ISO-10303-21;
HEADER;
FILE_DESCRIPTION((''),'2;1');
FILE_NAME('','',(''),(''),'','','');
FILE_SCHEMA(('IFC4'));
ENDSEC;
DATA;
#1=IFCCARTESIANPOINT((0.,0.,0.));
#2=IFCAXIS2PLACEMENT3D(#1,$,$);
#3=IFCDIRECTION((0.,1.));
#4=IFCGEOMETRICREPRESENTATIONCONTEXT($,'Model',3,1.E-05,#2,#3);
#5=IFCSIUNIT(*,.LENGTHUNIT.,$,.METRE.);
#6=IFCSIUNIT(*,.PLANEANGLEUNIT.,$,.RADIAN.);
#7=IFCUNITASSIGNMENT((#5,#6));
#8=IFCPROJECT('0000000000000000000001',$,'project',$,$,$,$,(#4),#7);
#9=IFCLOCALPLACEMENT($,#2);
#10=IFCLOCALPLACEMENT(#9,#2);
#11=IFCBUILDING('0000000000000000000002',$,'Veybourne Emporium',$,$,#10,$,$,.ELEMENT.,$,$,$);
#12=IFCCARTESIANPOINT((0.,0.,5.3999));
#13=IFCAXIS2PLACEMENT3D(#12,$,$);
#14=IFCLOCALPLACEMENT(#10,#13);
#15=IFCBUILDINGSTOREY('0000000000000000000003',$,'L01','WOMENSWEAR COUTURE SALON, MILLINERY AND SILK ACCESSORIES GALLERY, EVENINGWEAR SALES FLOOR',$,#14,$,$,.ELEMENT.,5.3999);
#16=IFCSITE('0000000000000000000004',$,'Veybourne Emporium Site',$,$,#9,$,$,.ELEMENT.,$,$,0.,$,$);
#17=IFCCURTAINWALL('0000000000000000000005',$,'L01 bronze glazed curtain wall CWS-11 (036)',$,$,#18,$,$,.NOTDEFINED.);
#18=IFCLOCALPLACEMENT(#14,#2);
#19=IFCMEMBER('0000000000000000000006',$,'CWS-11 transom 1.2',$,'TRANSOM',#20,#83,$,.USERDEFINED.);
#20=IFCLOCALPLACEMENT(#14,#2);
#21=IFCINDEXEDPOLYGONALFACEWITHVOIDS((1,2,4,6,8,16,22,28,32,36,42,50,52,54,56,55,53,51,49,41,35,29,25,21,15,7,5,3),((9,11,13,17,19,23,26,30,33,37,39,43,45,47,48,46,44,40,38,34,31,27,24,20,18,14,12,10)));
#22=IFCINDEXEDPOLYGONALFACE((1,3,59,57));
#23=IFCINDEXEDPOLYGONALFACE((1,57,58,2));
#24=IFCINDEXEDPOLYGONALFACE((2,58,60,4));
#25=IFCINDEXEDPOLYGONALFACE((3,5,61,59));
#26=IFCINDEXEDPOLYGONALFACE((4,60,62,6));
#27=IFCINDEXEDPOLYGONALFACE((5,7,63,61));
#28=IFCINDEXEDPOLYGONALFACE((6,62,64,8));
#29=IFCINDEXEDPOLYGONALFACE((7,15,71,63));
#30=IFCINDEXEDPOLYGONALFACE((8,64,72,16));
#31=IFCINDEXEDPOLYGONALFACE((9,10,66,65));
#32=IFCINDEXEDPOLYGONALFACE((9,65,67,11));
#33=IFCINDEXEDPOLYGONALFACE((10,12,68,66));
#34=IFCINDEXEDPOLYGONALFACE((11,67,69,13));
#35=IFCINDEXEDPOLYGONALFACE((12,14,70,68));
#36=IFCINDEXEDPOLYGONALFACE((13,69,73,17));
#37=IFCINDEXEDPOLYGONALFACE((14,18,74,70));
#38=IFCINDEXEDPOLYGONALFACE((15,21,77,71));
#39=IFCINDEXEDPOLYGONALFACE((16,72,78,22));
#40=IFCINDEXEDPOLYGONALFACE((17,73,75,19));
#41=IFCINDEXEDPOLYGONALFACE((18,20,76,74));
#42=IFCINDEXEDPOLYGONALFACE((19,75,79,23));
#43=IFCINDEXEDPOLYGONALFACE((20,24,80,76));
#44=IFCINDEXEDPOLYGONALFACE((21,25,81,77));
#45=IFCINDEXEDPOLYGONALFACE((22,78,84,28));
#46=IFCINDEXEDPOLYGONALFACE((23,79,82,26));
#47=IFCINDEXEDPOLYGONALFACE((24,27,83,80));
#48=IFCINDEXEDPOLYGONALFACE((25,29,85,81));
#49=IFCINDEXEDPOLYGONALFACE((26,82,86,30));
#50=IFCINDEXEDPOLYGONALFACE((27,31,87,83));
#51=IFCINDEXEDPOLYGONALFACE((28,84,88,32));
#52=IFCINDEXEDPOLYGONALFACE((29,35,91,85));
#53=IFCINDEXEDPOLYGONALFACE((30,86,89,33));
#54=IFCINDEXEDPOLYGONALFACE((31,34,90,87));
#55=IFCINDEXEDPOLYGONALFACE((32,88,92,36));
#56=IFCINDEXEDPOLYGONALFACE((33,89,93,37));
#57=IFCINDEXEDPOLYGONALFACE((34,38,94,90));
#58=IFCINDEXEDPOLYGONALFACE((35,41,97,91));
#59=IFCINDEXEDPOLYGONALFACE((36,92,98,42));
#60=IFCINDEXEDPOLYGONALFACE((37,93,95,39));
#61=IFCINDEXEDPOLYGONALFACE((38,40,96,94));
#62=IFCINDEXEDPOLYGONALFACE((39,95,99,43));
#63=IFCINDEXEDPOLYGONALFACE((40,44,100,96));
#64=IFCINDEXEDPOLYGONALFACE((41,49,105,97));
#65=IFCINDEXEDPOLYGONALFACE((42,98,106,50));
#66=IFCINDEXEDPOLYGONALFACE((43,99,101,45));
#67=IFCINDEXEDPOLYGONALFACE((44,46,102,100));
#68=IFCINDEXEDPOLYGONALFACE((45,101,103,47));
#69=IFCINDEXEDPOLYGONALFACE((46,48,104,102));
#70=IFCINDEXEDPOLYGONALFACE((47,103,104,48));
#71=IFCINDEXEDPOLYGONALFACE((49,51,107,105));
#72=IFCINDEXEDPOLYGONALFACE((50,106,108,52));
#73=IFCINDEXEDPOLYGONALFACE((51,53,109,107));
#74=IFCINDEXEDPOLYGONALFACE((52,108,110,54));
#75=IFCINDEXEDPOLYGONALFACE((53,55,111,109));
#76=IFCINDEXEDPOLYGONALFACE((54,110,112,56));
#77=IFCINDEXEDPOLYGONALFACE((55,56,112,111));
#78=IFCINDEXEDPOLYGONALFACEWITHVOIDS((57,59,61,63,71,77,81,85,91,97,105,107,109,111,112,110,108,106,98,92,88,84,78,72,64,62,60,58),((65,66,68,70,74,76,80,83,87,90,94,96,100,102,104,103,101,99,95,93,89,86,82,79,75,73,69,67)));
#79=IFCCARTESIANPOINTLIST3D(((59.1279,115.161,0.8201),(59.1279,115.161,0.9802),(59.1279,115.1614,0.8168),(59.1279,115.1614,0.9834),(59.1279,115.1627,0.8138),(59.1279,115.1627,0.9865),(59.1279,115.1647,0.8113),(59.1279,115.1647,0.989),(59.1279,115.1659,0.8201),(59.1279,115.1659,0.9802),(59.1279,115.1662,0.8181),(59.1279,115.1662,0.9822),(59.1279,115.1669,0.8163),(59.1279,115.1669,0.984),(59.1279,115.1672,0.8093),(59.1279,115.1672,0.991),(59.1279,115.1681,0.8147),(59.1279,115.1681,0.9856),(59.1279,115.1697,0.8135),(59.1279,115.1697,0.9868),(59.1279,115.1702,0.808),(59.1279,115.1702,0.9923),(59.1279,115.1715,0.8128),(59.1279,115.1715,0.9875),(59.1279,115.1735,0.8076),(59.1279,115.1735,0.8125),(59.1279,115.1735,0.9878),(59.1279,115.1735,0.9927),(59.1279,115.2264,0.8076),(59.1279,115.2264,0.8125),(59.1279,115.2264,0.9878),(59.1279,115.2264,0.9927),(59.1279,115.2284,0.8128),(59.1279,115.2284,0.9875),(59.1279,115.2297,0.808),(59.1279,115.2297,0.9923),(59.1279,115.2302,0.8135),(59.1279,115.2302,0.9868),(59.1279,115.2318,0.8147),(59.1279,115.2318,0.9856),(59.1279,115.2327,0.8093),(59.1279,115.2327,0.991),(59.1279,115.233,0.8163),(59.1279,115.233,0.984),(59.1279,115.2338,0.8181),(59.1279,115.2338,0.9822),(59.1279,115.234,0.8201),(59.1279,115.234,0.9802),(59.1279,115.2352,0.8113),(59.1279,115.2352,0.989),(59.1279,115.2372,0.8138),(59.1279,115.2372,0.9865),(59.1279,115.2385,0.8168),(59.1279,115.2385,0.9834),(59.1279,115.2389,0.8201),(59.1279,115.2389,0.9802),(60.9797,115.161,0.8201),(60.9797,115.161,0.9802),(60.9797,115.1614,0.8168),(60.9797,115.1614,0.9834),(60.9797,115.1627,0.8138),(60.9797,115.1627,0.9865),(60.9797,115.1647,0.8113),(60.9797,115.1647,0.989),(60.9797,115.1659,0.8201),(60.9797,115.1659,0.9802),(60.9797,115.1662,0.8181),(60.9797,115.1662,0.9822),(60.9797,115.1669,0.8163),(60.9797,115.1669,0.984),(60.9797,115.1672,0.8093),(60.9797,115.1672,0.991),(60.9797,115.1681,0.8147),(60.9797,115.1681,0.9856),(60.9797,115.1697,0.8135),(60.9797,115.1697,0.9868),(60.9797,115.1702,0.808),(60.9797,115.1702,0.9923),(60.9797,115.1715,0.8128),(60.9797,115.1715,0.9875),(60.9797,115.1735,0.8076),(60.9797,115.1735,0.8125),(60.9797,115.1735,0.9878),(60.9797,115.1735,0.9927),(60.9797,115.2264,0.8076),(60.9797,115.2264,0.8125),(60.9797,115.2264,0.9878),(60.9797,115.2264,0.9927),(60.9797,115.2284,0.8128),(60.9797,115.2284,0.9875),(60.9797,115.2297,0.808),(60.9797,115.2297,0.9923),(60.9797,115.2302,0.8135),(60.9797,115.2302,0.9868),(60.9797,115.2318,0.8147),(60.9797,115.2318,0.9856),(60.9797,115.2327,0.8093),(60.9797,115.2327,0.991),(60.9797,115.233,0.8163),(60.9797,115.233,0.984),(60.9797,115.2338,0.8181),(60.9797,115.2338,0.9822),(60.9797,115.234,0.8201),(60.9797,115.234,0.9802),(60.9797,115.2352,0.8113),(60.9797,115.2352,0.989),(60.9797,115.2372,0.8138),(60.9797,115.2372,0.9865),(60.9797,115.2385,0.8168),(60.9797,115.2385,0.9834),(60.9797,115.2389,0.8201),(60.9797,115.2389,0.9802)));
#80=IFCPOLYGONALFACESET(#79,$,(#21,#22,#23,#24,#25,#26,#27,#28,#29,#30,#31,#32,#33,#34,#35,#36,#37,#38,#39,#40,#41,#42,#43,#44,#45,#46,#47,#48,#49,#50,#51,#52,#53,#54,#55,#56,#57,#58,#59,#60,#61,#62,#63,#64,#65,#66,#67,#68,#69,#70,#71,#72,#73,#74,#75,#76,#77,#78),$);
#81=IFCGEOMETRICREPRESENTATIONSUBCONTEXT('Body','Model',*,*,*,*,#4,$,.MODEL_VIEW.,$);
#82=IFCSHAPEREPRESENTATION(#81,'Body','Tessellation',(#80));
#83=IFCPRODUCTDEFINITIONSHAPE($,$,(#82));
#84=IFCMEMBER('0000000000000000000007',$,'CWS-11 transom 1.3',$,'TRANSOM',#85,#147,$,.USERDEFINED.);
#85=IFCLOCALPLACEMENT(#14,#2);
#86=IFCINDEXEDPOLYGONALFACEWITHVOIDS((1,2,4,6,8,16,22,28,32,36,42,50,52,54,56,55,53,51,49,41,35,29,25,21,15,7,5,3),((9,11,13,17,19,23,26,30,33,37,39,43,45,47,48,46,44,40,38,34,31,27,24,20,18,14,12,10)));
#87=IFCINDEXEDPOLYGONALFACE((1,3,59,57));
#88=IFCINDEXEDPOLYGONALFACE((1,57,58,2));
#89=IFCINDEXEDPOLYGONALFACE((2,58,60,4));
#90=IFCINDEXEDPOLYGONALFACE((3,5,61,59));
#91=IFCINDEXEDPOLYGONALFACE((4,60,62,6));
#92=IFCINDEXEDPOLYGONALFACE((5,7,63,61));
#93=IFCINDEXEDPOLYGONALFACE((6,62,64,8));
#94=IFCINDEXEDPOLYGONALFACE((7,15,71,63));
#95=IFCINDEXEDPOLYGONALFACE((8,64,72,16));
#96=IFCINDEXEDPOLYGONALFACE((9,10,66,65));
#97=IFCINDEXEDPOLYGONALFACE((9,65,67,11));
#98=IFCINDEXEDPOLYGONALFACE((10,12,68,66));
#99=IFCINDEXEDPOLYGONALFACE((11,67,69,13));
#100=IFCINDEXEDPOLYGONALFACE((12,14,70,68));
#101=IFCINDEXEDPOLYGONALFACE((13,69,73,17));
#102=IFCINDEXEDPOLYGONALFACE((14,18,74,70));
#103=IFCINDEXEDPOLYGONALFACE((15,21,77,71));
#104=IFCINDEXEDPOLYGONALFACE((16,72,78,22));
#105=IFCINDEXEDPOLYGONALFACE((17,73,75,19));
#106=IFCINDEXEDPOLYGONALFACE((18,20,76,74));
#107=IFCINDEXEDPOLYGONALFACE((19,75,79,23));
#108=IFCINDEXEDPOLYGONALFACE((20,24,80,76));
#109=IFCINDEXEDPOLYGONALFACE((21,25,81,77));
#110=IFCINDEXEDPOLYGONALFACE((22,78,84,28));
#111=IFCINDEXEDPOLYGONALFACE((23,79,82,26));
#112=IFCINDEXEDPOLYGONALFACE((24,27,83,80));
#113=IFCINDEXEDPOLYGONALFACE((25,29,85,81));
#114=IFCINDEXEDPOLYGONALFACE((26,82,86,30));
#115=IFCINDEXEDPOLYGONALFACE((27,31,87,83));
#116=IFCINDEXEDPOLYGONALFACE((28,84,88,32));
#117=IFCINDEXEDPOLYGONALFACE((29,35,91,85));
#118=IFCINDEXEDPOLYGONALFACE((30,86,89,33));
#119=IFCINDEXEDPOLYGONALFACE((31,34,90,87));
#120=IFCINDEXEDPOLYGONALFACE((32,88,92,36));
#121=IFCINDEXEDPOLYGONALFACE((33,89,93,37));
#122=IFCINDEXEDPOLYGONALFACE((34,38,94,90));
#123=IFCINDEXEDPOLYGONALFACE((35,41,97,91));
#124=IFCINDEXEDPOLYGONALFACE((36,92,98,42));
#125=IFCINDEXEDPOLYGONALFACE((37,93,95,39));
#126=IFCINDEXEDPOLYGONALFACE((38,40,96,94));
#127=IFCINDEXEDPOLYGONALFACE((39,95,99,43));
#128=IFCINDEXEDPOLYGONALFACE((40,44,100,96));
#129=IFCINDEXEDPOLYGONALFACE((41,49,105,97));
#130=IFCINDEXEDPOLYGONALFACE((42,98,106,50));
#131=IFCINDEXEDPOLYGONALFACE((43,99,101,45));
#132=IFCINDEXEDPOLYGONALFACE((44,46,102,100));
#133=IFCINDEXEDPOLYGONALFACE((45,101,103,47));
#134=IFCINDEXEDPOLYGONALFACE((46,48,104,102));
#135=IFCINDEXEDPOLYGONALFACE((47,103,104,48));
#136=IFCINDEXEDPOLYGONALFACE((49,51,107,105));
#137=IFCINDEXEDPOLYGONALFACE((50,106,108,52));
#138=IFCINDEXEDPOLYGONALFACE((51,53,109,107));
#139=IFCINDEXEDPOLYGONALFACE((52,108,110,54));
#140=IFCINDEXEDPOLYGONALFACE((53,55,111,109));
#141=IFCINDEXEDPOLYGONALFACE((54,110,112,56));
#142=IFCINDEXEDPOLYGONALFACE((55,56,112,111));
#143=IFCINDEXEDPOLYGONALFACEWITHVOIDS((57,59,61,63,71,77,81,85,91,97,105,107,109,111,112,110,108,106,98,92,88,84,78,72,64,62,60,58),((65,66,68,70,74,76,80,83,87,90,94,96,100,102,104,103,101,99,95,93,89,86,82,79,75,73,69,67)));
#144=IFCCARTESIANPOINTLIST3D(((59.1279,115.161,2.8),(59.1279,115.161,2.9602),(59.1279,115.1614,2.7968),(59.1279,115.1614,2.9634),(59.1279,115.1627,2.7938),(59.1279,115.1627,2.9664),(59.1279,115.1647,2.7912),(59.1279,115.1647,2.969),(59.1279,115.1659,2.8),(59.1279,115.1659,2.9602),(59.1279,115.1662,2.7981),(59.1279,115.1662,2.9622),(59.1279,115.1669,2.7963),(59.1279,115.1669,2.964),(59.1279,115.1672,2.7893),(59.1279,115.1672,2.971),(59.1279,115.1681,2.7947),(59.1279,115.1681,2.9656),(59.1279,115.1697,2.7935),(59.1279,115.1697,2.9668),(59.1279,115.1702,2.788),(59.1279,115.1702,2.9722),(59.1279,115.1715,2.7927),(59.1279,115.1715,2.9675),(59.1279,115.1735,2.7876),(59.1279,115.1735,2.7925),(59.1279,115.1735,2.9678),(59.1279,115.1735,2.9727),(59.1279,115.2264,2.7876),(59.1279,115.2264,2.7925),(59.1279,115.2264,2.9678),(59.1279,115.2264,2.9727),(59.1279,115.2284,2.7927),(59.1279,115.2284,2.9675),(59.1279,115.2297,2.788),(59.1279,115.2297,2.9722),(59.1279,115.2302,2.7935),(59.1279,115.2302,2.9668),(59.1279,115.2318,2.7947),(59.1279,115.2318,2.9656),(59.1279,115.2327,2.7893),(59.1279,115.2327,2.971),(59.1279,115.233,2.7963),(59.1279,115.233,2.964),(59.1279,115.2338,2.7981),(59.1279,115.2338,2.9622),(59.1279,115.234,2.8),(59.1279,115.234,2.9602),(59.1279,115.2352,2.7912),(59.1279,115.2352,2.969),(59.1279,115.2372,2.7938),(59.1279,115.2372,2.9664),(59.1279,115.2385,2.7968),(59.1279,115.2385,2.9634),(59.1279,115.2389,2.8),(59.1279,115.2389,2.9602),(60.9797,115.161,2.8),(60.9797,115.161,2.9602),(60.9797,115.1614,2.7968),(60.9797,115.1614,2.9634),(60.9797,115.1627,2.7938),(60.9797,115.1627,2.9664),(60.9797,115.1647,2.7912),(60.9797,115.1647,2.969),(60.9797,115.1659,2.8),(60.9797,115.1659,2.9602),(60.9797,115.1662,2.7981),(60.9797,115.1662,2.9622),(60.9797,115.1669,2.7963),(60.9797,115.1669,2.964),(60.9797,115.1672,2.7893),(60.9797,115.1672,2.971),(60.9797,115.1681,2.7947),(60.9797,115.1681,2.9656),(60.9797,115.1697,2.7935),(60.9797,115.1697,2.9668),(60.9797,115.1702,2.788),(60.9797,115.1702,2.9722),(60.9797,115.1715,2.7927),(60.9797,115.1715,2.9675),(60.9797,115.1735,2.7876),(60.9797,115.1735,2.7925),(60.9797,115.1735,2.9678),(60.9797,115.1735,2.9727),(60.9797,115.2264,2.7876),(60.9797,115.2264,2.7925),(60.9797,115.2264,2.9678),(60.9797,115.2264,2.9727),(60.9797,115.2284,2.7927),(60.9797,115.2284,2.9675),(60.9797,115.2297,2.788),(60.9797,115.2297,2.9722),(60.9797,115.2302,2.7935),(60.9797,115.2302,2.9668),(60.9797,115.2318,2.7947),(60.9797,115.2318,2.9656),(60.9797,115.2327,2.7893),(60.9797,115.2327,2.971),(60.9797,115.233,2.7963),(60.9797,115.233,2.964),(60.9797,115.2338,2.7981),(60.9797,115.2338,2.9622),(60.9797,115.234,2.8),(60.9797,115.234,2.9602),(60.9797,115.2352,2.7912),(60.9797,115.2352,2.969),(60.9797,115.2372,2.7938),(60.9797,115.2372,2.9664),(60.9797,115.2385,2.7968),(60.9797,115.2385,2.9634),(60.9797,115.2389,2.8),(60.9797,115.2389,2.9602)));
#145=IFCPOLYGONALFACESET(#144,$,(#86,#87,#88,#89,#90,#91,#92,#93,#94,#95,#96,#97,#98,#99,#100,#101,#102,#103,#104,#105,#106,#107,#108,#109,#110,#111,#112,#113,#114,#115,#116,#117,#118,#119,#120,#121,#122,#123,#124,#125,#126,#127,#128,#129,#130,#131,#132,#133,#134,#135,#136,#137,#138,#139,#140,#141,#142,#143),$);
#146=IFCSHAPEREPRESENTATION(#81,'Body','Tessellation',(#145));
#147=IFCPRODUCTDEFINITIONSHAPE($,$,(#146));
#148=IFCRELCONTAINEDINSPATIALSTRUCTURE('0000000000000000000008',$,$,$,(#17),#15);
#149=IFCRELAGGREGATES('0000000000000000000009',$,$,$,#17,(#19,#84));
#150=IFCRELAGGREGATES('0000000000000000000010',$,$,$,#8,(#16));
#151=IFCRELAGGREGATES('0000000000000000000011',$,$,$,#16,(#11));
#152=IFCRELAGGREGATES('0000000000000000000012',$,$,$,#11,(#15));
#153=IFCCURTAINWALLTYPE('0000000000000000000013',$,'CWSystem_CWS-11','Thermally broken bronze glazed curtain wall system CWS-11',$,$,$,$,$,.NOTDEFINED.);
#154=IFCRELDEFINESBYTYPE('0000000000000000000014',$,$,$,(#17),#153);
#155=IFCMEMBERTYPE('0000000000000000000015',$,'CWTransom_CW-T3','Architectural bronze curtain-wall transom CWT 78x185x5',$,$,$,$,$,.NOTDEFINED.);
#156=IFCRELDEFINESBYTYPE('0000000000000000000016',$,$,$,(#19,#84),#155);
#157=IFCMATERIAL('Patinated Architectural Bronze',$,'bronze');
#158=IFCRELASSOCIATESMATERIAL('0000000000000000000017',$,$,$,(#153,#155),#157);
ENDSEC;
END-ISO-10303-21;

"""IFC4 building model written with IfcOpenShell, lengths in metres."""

from ifc_helpers import new_model, si_unit, direction, frame, origin, origin_2d, place, context, subcontext, project, spatial, hollow_rectangle, extrude, material, material_profile, profile_set, type_object, element, aggregate, save


model = new_model("IFC4")

# Units and contexts
model_context = context("Model", 3, precision=1e-05, world=origin(), true_north=direction((0.0, 1.0)))
body_context = subcontext(model_context, "Body", "Model", "MODEL_VIEW")
ifc_project = project(units=[si_unit("LENGTHUNIT", "METRE"), si_unit("PLANEANGLEUNIT", "RADIAN")], contexts=[model_context])

# Site, building, storey
site_placement = place(None, origin())
site = spatial("IfcSite", under=ifc_project, at=site_placement, Name="Veybourne Emporium Site", CompositionType="ELEMENT", RefElevation=0.0)
building_placement = place(site_placement, origin())
building = spatial("IfcBuilding", under=site, at=building_placement, Name="Veybourne Emporium", CompositionType="ELEMENT")
storey_placement = place(building_placement, frame((0.0, 0.0, 5.3999)))
storey = spatial("IfcBuildingStorey", under=building, at=storey_placement, Name="L01", Description="WOMENSWEAR COUTURE SALON, MILLINERY AND SILK ACCESSORIES GALLERY, EVENINGWEAR SALES FLOOR", CompositionType="ELEMENT", Elevation=5.3999)

# Curtain wall, members
ifc_material_1 = material(Name="Patinated Architectural Bronze", Category="bronze")
curtain_wall_type = type_object("IfcCurtainWallType", Name="CWSystem_CWS-11", Description="Thermally broken bronze glazed curtain wall system CWS-11", PredefinedType="NOTDEFINED", material=ifc_material_1)
curtain_wall_placement = place(storey_placement, origin())
curtain_wall = element("IfcCurtainWall", 1, at=curtain_wall_placement, inside=storey, type_object=curtain_wall_type, Name="L01 bronze glazed curtain wall CWS-11 (036)", PredefinedType="NOTDEFINED")
ifc_material_profile_1 = material_profile(ifc_material_1, hollow_rectangle(XDim=0.0779, YDim=0.1851, WallThickness=0.0049, InnerFilletRadius=0.0076, OuterFilletRadius=0.0125, at=origin_2d()), Name="CWT 78x185x5")
ifc_profile_set_1 = profile_set([ifc_material_profile_1], Name="Patinated Architectural Bronze")
member_type_1 = type_object("IfcMemberType", Name="CWTransom_CW-T3", Description="Architectural bronze curtain-wall transom CWT 78x185x5", PredefinedType="NOTDEFINED", material=ifc_profile_set_1)
member_1_placement = place(storey_placement, frame((59.1279, 115.2, 0.9001), z_axis=(1.0, 0.0, 0.0), x_axis=(0.0, 1.0, 0.0)))
member_1 = element("IfcMember", 2, at=member_1_placement, type_object=member_type_1, Name="CWS-11 transom 1.2", ObjectType="TRANSOM", PredefinedType="USERDEFINED", context=body_context, shape_type="SweptSolid", body=[
    extrude(hollow_rectangle(XDim=0.0779, YDim=0.1851, WallThickness=0.0049, InnerFilletRadius=0.0076, OuterFilletRadius=0.0125, at=origin_2d()), origin(), (0.0, 0.0, 1.0), 1.8518),
])
member_2_placement = place(storey_placement, frame((59.1279, 115.2, 2.8801), z_axis=(1.0, 0.0, 0.0), x_axis=(0.0, 1.0, 0.0)))
member_2 = element("IfcMember", 3, at=member_2_placement, type_object=member_type_1, Name="CWS-11 transom 1.3", ObjectType="TRANSOM", PredefinedType="USERDEFINED", context=body_context, shape_type="SweptSolid", body=[
    extrude(hollow_rectangle(XDim=0.0779, YDim=0.1851, WallThickness=0.0049, InnerFilletRadius=0.0076, OuterFilletRadius=0.0125, at=origin_2d()), origin(), (0.0, 0.0, 1.0), 1.8518),
])

aggregate(curtain_wall, [member_1, member_2])

save(model, "model.ifc")
